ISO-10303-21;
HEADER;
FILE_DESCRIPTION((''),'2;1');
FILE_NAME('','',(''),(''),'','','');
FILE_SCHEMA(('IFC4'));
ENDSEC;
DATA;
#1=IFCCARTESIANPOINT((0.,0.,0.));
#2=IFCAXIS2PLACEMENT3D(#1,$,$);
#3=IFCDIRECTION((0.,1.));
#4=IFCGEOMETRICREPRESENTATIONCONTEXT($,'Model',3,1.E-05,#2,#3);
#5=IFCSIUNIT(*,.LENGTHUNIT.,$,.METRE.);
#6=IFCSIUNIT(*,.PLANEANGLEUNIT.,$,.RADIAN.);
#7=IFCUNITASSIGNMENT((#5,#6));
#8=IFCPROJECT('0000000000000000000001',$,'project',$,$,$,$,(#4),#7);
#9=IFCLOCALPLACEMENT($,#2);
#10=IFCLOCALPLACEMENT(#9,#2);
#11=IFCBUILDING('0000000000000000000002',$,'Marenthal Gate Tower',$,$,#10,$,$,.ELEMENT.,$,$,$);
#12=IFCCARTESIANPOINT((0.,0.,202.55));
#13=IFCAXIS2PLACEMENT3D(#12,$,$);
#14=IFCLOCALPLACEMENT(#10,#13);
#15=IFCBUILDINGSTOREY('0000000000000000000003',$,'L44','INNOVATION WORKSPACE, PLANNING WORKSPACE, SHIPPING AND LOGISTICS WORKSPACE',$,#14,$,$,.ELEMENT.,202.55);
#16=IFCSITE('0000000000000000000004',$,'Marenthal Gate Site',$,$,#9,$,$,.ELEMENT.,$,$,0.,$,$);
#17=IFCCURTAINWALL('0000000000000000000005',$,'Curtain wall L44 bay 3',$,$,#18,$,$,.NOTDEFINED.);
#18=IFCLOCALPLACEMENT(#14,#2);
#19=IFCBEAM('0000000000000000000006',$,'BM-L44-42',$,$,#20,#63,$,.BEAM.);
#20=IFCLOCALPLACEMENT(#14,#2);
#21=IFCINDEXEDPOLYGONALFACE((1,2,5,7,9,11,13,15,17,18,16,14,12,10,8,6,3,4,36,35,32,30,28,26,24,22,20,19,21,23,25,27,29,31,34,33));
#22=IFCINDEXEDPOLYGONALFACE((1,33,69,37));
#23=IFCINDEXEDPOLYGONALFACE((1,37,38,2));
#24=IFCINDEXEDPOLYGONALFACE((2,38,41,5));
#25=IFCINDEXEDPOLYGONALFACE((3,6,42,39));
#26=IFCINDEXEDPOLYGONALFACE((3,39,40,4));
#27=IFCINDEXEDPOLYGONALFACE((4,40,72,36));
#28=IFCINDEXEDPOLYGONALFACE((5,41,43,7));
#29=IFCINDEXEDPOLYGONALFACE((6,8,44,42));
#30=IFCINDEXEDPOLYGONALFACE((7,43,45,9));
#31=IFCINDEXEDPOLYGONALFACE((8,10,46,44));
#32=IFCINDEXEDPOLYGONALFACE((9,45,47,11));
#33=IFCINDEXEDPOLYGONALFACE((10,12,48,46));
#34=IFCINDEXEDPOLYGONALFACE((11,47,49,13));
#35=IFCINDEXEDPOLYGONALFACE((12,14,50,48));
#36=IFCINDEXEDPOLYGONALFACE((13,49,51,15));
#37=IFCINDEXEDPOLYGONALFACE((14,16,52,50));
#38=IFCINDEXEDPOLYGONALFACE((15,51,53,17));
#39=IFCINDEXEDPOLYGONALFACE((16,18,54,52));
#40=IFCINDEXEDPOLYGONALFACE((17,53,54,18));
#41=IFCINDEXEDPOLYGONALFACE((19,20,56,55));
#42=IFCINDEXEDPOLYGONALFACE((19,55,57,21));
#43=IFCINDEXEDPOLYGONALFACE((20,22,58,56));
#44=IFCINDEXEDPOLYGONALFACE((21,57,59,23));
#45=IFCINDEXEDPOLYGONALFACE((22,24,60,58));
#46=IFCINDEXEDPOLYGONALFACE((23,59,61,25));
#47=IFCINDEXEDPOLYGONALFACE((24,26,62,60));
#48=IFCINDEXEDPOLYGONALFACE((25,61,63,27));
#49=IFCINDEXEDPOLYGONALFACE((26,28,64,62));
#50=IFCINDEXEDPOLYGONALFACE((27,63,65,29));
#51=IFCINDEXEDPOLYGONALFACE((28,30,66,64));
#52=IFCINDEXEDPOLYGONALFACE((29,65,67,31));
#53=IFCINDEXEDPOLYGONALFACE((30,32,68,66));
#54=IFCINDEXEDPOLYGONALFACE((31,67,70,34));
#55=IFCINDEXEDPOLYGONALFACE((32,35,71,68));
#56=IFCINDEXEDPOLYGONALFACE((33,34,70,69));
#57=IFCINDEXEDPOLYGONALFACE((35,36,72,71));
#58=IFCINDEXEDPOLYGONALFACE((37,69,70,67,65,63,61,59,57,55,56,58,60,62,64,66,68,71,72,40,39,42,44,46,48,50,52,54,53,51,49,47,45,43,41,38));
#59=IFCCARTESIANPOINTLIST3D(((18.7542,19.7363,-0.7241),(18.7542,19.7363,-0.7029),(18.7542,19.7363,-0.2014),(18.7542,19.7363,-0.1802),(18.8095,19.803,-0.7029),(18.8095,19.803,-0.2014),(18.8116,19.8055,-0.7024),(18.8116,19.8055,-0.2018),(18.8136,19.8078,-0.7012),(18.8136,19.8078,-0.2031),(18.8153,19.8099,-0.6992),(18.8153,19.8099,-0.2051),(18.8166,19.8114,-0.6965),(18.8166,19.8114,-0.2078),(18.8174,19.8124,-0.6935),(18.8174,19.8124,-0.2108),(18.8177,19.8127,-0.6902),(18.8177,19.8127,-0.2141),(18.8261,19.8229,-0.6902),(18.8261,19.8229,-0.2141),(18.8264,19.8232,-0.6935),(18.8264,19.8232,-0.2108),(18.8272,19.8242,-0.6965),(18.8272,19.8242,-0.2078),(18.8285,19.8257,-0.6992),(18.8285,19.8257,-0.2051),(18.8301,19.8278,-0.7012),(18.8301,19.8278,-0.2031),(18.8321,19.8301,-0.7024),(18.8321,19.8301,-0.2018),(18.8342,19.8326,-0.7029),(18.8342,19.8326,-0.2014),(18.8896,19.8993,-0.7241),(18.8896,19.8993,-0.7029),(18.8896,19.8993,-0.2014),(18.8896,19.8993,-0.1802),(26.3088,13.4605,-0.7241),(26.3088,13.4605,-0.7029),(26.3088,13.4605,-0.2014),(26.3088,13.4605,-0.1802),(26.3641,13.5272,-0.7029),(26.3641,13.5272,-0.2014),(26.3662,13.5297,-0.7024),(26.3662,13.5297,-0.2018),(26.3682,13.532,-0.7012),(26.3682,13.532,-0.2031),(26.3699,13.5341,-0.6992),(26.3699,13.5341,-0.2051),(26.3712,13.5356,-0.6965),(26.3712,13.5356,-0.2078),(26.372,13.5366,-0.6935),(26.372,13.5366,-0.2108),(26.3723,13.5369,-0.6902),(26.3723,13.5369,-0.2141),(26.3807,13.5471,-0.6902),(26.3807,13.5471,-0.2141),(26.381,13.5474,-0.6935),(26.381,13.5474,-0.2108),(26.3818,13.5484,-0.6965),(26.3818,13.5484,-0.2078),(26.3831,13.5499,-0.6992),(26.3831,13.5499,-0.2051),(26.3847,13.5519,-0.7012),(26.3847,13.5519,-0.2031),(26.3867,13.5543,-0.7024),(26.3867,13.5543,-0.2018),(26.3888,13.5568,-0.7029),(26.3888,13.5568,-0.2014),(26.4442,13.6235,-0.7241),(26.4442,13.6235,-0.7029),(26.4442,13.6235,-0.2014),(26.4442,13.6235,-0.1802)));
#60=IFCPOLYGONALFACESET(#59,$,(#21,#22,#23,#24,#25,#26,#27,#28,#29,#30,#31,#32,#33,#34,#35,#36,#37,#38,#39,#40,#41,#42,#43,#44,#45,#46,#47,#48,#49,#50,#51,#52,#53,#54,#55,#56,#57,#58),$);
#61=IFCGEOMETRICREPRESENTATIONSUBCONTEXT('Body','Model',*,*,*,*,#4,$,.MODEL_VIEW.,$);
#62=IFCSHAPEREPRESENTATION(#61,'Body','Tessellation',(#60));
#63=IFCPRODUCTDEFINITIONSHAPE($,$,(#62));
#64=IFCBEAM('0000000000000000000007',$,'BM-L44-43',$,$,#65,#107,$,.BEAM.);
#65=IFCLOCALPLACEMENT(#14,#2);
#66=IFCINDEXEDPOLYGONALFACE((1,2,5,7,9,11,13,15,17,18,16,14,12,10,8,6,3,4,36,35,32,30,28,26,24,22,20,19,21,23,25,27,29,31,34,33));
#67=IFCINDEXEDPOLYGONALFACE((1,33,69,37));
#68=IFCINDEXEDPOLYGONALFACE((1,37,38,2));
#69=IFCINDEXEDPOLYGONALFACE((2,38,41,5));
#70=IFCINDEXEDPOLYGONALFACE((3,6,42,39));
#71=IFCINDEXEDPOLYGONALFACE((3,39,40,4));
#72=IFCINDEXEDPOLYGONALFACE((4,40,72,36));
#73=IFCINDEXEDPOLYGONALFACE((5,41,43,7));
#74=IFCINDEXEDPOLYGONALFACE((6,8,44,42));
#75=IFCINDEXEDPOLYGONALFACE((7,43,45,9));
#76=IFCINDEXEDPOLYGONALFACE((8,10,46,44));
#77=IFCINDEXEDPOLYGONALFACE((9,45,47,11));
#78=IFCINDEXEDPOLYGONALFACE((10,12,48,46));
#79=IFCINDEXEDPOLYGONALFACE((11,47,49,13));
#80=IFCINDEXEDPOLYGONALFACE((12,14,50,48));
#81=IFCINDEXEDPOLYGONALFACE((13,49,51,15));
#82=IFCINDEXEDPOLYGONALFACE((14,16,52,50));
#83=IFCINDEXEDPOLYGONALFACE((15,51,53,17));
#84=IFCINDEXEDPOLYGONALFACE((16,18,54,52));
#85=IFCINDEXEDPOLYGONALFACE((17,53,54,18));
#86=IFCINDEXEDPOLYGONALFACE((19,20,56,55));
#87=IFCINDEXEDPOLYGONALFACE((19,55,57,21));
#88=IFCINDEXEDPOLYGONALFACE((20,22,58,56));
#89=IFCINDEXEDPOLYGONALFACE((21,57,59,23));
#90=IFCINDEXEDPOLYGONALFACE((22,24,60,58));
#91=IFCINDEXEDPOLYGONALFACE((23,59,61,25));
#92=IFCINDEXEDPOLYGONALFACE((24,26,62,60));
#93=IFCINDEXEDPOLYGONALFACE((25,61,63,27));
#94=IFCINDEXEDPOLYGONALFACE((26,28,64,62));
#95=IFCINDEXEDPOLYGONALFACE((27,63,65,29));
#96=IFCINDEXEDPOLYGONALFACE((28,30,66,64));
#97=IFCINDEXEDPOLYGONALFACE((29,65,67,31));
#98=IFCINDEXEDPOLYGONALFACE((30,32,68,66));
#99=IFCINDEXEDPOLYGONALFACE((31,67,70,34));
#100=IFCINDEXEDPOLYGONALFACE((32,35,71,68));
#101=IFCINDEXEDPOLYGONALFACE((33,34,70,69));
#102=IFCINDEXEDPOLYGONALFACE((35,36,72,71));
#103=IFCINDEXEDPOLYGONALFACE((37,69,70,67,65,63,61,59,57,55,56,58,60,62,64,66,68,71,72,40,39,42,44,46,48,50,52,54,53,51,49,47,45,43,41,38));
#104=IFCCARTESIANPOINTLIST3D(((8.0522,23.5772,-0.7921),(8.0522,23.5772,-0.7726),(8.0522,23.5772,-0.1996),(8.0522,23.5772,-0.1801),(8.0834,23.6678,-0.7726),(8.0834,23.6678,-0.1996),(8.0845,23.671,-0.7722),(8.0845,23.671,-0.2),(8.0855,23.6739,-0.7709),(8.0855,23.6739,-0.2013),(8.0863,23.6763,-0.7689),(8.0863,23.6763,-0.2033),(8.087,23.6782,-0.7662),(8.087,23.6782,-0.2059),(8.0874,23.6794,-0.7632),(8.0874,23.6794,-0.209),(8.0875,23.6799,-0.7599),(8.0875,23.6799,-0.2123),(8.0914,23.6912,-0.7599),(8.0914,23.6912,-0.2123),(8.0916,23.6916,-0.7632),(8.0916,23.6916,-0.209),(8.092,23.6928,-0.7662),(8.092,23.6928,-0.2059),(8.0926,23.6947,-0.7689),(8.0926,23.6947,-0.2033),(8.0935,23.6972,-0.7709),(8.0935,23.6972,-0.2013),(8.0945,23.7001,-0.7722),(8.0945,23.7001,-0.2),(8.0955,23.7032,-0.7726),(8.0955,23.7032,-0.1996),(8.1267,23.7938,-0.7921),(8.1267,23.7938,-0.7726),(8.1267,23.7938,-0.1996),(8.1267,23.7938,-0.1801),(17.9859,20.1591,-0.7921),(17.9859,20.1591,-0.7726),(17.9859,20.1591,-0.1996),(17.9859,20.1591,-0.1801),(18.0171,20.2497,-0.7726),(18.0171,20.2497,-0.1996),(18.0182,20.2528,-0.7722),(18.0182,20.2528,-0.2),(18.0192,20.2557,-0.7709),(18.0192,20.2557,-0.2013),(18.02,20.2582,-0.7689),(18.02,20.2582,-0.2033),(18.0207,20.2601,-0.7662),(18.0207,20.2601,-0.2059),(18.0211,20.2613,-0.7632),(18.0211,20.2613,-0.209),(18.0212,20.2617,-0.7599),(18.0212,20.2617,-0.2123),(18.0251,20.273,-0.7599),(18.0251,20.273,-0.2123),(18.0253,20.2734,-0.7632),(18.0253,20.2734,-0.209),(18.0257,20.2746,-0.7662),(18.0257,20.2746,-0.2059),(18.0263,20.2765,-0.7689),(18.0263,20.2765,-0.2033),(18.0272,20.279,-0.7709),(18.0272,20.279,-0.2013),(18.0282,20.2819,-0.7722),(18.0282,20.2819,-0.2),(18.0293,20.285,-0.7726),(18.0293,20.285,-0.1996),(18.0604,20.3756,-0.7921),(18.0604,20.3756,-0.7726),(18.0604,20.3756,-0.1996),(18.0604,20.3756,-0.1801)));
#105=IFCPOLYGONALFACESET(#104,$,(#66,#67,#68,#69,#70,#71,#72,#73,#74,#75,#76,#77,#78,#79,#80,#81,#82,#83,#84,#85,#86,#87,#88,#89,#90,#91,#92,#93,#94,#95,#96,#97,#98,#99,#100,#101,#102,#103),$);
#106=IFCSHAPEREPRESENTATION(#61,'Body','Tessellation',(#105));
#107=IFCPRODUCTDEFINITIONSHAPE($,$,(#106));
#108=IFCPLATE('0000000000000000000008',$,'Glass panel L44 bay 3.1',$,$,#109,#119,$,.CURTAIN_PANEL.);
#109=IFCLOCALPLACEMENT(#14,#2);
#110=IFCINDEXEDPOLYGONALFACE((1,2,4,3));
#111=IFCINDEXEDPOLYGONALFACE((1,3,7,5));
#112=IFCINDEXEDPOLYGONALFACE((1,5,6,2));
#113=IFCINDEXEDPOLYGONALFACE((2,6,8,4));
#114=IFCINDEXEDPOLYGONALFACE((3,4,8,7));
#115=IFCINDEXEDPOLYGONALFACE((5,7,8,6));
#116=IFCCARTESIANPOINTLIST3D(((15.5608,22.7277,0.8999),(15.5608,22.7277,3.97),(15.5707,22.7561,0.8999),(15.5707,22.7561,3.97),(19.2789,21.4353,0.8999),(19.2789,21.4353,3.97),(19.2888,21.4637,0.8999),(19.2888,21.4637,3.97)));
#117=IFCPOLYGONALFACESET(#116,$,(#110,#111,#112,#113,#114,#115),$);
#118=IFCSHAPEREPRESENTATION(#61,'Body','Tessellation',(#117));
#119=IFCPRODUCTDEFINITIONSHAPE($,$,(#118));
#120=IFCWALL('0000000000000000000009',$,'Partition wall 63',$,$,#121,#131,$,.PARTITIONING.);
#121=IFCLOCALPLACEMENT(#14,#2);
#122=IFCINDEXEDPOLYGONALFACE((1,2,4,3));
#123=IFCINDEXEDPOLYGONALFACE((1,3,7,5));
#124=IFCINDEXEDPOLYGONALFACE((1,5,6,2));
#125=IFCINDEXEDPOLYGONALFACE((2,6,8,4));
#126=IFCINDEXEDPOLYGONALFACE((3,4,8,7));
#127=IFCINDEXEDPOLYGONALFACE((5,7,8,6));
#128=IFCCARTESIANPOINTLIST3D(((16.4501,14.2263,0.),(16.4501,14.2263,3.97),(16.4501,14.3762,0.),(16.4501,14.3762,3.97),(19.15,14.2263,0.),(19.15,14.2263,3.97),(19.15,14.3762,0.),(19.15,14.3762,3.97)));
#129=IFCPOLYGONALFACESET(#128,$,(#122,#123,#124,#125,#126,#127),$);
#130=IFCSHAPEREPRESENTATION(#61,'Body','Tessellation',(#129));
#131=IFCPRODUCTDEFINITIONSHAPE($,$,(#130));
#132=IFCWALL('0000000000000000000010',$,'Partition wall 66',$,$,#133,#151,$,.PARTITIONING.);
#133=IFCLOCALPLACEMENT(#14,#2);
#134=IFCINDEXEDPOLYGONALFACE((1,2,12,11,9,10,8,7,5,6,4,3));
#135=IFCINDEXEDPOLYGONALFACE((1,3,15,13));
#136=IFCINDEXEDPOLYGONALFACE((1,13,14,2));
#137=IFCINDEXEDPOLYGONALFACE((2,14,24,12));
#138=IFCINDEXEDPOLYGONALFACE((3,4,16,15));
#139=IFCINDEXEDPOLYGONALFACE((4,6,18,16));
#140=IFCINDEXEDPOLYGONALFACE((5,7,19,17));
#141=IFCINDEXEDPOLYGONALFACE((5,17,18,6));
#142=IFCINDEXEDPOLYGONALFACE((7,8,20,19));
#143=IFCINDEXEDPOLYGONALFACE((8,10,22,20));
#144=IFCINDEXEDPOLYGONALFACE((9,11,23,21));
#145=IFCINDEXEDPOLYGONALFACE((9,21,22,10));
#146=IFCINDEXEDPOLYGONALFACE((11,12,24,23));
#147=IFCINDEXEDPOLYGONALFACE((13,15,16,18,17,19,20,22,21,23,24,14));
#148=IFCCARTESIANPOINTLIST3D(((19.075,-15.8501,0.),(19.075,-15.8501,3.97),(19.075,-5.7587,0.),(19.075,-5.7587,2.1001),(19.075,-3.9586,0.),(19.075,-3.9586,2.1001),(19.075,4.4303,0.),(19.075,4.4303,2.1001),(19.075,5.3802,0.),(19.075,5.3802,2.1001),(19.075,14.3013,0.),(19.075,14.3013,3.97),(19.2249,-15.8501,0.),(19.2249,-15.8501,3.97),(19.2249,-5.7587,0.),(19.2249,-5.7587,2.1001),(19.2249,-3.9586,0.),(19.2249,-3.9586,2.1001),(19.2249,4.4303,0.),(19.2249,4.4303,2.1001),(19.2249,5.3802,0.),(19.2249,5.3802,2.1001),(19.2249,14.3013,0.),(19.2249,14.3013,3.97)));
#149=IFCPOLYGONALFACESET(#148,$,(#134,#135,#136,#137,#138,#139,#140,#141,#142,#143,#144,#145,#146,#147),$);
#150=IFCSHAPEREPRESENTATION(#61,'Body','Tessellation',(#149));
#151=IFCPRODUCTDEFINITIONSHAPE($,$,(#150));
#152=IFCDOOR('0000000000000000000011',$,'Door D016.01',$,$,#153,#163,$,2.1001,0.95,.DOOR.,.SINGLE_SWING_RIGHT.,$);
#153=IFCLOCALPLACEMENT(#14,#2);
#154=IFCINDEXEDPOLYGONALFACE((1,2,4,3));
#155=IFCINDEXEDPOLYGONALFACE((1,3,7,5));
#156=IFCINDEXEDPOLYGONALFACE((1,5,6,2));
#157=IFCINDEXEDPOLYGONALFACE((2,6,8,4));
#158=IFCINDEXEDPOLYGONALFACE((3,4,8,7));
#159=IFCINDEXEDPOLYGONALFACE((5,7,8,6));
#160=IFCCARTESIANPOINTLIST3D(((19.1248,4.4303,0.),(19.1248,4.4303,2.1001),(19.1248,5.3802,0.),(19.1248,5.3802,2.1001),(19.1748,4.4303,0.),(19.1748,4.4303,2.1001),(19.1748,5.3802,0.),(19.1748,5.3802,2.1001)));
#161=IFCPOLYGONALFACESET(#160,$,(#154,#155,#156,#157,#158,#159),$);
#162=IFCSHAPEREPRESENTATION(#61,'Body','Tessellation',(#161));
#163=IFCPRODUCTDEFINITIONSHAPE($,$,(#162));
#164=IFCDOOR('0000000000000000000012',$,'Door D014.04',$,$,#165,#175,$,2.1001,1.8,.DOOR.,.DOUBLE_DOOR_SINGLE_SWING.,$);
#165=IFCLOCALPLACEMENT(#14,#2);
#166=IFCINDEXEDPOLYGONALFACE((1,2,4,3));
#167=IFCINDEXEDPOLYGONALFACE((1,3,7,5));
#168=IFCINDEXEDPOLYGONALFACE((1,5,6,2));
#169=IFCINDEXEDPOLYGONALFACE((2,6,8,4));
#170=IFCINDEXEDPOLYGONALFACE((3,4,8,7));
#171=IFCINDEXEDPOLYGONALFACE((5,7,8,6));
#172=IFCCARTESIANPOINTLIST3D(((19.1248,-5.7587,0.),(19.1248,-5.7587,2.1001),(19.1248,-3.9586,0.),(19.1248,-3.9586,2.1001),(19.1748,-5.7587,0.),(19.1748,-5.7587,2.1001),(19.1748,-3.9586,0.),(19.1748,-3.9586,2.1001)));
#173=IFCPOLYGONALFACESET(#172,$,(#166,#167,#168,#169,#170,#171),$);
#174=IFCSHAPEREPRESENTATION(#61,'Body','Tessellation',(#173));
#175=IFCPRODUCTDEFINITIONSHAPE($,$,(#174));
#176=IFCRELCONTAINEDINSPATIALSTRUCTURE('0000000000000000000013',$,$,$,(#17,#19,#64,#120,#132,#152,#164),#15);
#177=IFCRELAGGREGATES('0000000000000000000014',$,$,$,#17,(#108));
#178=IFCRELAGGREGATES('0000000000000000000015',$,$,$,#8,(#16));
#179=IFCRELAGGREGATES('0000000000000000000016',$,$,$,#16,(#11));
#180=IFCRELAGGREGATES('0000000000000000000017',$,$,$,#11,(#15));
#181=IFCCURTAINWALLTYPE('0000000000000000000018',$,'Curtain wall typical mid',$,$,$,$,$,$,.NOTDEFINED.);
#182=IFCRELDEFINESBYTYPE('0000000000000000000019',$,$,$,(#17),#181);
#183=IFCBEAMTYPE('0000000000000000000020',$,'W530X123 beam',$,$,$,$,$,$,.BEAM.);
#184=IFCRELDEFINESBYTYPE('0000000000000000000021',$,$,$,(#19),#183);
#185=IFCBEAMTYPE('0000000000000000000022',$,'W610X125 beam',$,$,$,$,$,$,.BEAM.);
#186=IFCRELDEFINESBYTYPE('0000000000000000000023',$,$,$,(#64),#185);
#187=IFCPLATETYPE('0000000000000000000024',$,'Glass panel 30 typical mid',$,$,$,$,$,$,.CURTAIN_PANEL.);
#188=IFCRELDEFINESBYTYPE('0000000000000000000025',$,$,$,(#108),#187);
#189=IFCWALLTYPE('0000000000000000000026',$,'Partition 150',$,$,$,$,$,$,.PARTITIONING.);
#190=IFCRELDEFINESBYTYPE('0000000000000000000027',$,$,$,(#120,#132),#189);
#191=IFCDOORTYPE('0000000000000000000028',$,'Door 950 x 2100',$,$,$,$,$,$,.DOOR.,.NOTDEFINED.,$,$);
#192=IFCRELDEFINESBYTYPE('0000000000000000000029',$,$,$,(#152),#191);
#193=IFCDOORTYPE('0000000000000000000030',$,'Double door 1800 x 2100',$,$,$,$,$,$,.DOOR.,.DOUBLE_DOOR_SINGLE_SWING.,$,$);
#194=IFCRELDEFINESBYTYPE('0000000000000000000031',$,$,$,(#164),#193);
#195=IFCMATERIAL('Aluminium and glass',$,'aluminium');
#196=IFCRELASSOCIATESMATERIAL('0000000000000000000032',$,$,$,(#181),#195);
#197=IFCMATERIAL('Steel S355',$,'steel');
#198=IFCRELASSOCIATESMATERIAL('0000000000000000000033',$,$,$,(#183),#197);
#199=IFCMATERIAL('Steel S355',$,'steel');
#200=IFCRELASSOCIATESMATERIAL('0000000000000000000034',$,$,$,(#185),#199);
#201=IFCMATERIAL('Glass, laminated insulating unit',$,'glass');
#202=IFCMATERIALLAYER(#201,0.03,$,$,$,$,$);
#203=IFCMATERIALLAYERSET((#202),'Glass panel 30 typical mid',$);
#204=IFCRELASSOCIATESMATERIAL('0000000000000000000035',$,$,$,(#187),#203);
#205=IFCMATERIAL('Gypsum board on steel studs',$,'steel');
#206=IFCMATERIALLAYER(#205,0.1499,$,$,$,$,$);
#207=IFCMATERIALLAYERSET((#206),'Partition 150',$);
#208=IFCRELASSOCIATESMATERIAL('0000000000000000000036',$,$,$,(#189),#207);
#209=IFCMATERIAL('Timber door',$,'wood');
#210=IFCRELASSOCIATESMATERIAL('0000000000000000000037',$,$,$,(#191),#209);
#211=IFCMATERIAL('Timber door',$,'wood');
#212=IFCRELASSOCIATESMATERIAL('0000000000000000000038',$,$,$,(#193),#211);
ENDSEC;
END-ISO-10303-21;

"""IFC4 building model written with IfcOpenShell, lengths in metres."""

from ifc_helpers import new_model, si_unit, direction, frame, frame_2d, origin, origin_2d, place, context, subcontext, project, spatial, rectangle, i_section, extrude, material, layer, layer_set, material_profile, profile_set, type_object, element, fill, aggregate, save


model = new_model("IFC4")

# Units and contexts
model_context = context("Model", 3, precision=1e-05, world=origin(), true_north=direction((0.0, 1.0)))
body_context = subcontext(model_context, "Body", "Model", "MODEL_VIEW")
ifc_project = project(units=[si_unit("LENGTHUNIT", "METRE"), si_unit("PLANEANGLEUNIT", "RADIAN")], contexts=[model_context])

# Site, building, storey
site_placement = place(None, origin())
site = spatial("IfcSite", under=ifc_project, at=site_placement, Name="Marenthal Gate Site", CompositionType="ELEMENT", RefElevation=0.0)
building_placement = place(site_placement, origin())
building = spatial("IfcBuilding", under=site, at=building_placement, Name="Marenthal Gate Tower", CompositionType="ELEMENT")
storey_placement = place(building_placement, frame((0.0, 0.0, 202.55)))
storey = spatial("IfcBuildingStorey", under=building, at=storey_placement, Name="L44", Description="INNOVATION WORKSPACE, PLANNING WORKSPACE, SHIPPING AND LOGISTICS WORKSPACE", CompositionType="ELEMENT", Elevation=202.55)

# Shared definitions
ifc_material_1 = material(Name="Aluminium and glass", Category="aluminium")
curtain_wall_type = type_object("IfcCurtainWallType", Name="Curtain wall typical mid", PredefinedType="NOTDEFINED", material=ifc_material_1)

# Curtain wall
curtain_wall_1_placement = place(storey_placement, origin())
curtain_wall_1 = element("IfcCurtainWall", 1, at=curtain_wall_1_placement, inside=storey, type_object=curtain_wall_type, Name="Curtain wall L44 bay 3", PredefinedType="NOTDEFINED")

# Beams
ifc_material_2 = material(Name="Steel S355", Category="steel")
ifc_material_profile_1 = material_profile(ifc_material_2, i_section(OverallWidth=0.2119, OverallDepth=0.5439, WebThickness=0.0132, FlangeThickness=0.0212, FilletRadius=0.0127, at=origin_2d()), Name="W530X123")
ifc_profile_set_1 = profile_set([ifc_material_profile_1], Name="Steel S355")
beam_type_1 = type_object("IfcBeamType", Name="W530X123 beam", PredefinedType="BEAM", material=ifc_profile_set_1)
beam_1_placement = place(storey_placement, frame((26.3765, 13.542, -0.4521), z_axis=(-0.769207, 0.639, 0.0), x_axis=(-0.639, -0.769207, 0.0)))
element("IfcBeam", 2, at=beam_1_placement, inside=storey, type_object=beam_type_1, Name="BM-L44-42", PredefinedType="BEAM", context=body_context, shape_type="SweptSolid", body=[
    extrude(i_section(OverallWidth=0.2119, OverallDepth=0.5439, WebThickness=0.0132, FlangeThickness=0.0212, FilletRadius=0.0127, at=origin_2d()), origin(), (0.0, 0.0, 1.0), 9.8213),
])
ifc_material_3 = material(Name="Steel S355", Category="steel")
ifc_material_profile_2 = material_profile(ifc_material_3, i_section(OverallWidth=0.229, OverallDepth=0.6121, WebThickness=0.012, FlangeThickness=0.0195, FilletRadius=0.0127, at=origin_2d()), Name="W610X125")
ifc_profile_set_2 = profile_set([ifc_material_profile_2], Name="Steel S355")
beam_type_2 = type_object("IfcBeamType", Name="W610X125 beam", PredefinedType="BEAM", material=ifc_profile_set_2)
beam_2_placement = place(storey_placement, frame((18.0232, 20.2673, -0.4861), z_axis=(-0.945585, 0.325374, 0.0), x_axis=(-0.325374, -0.945585, 0.0)))
element("IfcBeam", 3, at=beam_2_placement, inside=storey, type_object=beam_type_2, Name="BM-L44-43", PredefinedType="BEAM", context=body_context, shape_type="SweptSolid", body=[
    extrude(i_section(OverallWidth=0.229, OverallDepth=0.6121, WebThickness=0.012, FlangeThickness=0.0195, FilletRadius=0.0127, at=origin_2d()), origin(), (0.0, 0.0, 1.0), 10.5054),
])

# Plate
ifc_material_4 = material(Name="Glass, laminated insulating unit", Category="glass")
ifc_layer_1 = layer(ifc_material_4, 0.03)
ifc_layer_set_1 = layer_set([ifc_layer_1], Name="Glass panel 30 typical mid")
plate_type = type_object("IfcPlateType", Name="Glass panel 30 typical mid", PredefinedType="CURTAIN_PANEL", material=ifc_layer_set_1)
plate_placement = place(storey_placement, frame((17.4248, 22.0957, 0.8999), z_axis=(0.0, 0.0, 1.0), x_axis=(-0.944562, 0.328332, 0.0)))
plate = element("IfcPlate", 4, at=plate_placement, type_object=plate_type, Name="Glass panel L44 bay 3.1", PredefinedType="CURTAIN_PANEL", context=body_context, shape_type="SweptSolid", body=[
    extrude(rectangle(XDim=3.9363, YDim=0.03, at=origin_2d()), origin(), (0.0, 0.0, 1.0), 3.0701),
])
aggregate(curtain_wall_1, [plate])

# Wall
ifc_material_5 = material(Name="Gypsum board on steel studs", Category="steel")
ifc_layer_2 = layer(ifc_material_5, 0.1499)
ifc_layer_set_2 = layer_set([ifc_layer_2], Name="Partition 150")
wall_type_1 = type_object("IfcWallType", Name="Partition 150", PredefinedType="PARTITIONING", material=ifc_layer_set_2)
wall_1_placement = place(storey_placement, frame((16.45, 14.3013, 0.0), z_axis=(0.0, 0.0, 1.0), x_axis=(1.0, 0.0, 0.0)))
element("IfcWall", 5, at=wall_1_placement, inside=storey, type_object=wall_type_1, Name="Partition wall 63", PredefinedType="PARTITIONING", context=body_context, shape_type="SweptSolid", body=[
    extrude(rectangle(XDim=2.7, YDim=0.1499, at=frame_2d((1.3501, 0.0))), origin(), (0.0, 0.0, 1.0), 3.97),
])

# Wall, openings, doors
wall_2_placement = place(storey_placement, frame((19.1499, 14.3013, 0.0), z_axis=(0.0, 0.0, 1.0), x_axis=(0.0, -1.0, 0.0)))
wall_2 = element("IfcWall", 6, at=wall_2_placement, inside=storey, type_object=wall_type_1, Name="Partition wall 66", PredefinedType="PARTITIONING", context=body_context, shape_type="SweptSolid", body=[
    extrude(rectangle(XDim=30.1514, YDim=0.1499, at=frame_2d((15.0757, 0.0))), origin(), (0.0, 0.0, 1.0), 3.97),
])
opening_1_placement = place(wall_2_placement, frame((8.9209, 0.0, 0.0)))
opening_1 = element("IfcOpeningElement", 7, at=opening_1_placement, cuts=wall_2, PredefinedType="OPENING", context=body_context, shape_type="SweptSolid", body=[
    extrude(rectangle(XDim=0.95, YDim=2.1001, at=frame_2d((0.4751, 1.05))), frame((0.0, 0.085, 0.0), z_axis=(0.0, -1.0, 0.0), x_axis=(1.0, 0.0, 0.0)), (0.0, 0.0, 1.0), 0.1699),
])
opening_2_placement = place(wall_2_placement, frame((18.26, 0.0, 0.0)))
opening_2 = element("IfcOpeningElement", 8, at=opening_2_placement, cuts=wall_2, PredefinedType="OPENING", context=body_context, shape_type="SweptSolid", body=[
    extrude(rectangle(XDim=1.8, YDim=2.1001, at=frame_2d((0.8999, 1.05))), frame((0.0, 0.085, 0.0), z_axis=(0.0, -1.0, 0.0), x_axis=(1.0, 0.0, 0.0)), (0.0, 0.0, 1.0), 0.1699),
])
ifc_material_6 = material(Name="Timber door", Category="wood")
door_type_1 = type_object("IfcDoorType", Name="Door 950 x 2100", OperationType="NOTDEFINED", PredefinedType="DOOR", material=ifc_material_6)
door_1_placement = place(opening_1_placement, origin())
door_1 = element("IfcDoor", 9, at=door_1_placement, inside=storey, type_object=door_type_1, Name="Door D016.01", OperationType="SINGLE_SWING_RIGHT", OverallHeight=2.1001, OverallWidth=0.95, PredefinedType="DOOR", context=body_context, shape_type="SweptSolid", body=[
    extrude(rectangle(XDim=0.95, YDim=2.1001, at=frame_2d((0.4751, 1.05))), frame((0.0, 0.0249, 0.0), z_axis=(0.0, -1.0, 0.0), x_axis=(1.0, 0.0, 0.0)), (0.0, 0.0, 1.0), 0.05),
])
fill(opening_1, door_1)
ifc_material_7 = material(Name="Timber door", Category="wood")
door_type_2 = type_object("IfcDoorType", Name="Double door 1800 x 2100", OperationType="DOUBLE_DOOR_SINGLE_SWING", PredefinedType="DOOR", material=ifc_material_7)
door_2_placement = place(opening_2_placement, origin())
door_2 = element("IfcDoor", 10, at=door_2_placement, inside=storey, type_object=door_type_2, Name="Door D014.04", OperationType="DOUBLE_DOOR_SINGLE_SWING", OverallHeight=2.1001, OverallWidth=1.8, PredefinedType="DOOR", context=body_context, shape_type="SweptSolid", body=[
    extrude(rectangle(XDim=1.8, YDim=2.1001, at=frame_2d((0.8999, 1.05))), frame((0.0, 0.0249, 0.0), z_axis=(0.0, -1.0, 0.0), x_axis=(1.0, 0.0, 0.0)), (0.0, 0.0, 1.0), 0.05),
])
fill(opening_2, door_2)

save(model, "model.ifc")
